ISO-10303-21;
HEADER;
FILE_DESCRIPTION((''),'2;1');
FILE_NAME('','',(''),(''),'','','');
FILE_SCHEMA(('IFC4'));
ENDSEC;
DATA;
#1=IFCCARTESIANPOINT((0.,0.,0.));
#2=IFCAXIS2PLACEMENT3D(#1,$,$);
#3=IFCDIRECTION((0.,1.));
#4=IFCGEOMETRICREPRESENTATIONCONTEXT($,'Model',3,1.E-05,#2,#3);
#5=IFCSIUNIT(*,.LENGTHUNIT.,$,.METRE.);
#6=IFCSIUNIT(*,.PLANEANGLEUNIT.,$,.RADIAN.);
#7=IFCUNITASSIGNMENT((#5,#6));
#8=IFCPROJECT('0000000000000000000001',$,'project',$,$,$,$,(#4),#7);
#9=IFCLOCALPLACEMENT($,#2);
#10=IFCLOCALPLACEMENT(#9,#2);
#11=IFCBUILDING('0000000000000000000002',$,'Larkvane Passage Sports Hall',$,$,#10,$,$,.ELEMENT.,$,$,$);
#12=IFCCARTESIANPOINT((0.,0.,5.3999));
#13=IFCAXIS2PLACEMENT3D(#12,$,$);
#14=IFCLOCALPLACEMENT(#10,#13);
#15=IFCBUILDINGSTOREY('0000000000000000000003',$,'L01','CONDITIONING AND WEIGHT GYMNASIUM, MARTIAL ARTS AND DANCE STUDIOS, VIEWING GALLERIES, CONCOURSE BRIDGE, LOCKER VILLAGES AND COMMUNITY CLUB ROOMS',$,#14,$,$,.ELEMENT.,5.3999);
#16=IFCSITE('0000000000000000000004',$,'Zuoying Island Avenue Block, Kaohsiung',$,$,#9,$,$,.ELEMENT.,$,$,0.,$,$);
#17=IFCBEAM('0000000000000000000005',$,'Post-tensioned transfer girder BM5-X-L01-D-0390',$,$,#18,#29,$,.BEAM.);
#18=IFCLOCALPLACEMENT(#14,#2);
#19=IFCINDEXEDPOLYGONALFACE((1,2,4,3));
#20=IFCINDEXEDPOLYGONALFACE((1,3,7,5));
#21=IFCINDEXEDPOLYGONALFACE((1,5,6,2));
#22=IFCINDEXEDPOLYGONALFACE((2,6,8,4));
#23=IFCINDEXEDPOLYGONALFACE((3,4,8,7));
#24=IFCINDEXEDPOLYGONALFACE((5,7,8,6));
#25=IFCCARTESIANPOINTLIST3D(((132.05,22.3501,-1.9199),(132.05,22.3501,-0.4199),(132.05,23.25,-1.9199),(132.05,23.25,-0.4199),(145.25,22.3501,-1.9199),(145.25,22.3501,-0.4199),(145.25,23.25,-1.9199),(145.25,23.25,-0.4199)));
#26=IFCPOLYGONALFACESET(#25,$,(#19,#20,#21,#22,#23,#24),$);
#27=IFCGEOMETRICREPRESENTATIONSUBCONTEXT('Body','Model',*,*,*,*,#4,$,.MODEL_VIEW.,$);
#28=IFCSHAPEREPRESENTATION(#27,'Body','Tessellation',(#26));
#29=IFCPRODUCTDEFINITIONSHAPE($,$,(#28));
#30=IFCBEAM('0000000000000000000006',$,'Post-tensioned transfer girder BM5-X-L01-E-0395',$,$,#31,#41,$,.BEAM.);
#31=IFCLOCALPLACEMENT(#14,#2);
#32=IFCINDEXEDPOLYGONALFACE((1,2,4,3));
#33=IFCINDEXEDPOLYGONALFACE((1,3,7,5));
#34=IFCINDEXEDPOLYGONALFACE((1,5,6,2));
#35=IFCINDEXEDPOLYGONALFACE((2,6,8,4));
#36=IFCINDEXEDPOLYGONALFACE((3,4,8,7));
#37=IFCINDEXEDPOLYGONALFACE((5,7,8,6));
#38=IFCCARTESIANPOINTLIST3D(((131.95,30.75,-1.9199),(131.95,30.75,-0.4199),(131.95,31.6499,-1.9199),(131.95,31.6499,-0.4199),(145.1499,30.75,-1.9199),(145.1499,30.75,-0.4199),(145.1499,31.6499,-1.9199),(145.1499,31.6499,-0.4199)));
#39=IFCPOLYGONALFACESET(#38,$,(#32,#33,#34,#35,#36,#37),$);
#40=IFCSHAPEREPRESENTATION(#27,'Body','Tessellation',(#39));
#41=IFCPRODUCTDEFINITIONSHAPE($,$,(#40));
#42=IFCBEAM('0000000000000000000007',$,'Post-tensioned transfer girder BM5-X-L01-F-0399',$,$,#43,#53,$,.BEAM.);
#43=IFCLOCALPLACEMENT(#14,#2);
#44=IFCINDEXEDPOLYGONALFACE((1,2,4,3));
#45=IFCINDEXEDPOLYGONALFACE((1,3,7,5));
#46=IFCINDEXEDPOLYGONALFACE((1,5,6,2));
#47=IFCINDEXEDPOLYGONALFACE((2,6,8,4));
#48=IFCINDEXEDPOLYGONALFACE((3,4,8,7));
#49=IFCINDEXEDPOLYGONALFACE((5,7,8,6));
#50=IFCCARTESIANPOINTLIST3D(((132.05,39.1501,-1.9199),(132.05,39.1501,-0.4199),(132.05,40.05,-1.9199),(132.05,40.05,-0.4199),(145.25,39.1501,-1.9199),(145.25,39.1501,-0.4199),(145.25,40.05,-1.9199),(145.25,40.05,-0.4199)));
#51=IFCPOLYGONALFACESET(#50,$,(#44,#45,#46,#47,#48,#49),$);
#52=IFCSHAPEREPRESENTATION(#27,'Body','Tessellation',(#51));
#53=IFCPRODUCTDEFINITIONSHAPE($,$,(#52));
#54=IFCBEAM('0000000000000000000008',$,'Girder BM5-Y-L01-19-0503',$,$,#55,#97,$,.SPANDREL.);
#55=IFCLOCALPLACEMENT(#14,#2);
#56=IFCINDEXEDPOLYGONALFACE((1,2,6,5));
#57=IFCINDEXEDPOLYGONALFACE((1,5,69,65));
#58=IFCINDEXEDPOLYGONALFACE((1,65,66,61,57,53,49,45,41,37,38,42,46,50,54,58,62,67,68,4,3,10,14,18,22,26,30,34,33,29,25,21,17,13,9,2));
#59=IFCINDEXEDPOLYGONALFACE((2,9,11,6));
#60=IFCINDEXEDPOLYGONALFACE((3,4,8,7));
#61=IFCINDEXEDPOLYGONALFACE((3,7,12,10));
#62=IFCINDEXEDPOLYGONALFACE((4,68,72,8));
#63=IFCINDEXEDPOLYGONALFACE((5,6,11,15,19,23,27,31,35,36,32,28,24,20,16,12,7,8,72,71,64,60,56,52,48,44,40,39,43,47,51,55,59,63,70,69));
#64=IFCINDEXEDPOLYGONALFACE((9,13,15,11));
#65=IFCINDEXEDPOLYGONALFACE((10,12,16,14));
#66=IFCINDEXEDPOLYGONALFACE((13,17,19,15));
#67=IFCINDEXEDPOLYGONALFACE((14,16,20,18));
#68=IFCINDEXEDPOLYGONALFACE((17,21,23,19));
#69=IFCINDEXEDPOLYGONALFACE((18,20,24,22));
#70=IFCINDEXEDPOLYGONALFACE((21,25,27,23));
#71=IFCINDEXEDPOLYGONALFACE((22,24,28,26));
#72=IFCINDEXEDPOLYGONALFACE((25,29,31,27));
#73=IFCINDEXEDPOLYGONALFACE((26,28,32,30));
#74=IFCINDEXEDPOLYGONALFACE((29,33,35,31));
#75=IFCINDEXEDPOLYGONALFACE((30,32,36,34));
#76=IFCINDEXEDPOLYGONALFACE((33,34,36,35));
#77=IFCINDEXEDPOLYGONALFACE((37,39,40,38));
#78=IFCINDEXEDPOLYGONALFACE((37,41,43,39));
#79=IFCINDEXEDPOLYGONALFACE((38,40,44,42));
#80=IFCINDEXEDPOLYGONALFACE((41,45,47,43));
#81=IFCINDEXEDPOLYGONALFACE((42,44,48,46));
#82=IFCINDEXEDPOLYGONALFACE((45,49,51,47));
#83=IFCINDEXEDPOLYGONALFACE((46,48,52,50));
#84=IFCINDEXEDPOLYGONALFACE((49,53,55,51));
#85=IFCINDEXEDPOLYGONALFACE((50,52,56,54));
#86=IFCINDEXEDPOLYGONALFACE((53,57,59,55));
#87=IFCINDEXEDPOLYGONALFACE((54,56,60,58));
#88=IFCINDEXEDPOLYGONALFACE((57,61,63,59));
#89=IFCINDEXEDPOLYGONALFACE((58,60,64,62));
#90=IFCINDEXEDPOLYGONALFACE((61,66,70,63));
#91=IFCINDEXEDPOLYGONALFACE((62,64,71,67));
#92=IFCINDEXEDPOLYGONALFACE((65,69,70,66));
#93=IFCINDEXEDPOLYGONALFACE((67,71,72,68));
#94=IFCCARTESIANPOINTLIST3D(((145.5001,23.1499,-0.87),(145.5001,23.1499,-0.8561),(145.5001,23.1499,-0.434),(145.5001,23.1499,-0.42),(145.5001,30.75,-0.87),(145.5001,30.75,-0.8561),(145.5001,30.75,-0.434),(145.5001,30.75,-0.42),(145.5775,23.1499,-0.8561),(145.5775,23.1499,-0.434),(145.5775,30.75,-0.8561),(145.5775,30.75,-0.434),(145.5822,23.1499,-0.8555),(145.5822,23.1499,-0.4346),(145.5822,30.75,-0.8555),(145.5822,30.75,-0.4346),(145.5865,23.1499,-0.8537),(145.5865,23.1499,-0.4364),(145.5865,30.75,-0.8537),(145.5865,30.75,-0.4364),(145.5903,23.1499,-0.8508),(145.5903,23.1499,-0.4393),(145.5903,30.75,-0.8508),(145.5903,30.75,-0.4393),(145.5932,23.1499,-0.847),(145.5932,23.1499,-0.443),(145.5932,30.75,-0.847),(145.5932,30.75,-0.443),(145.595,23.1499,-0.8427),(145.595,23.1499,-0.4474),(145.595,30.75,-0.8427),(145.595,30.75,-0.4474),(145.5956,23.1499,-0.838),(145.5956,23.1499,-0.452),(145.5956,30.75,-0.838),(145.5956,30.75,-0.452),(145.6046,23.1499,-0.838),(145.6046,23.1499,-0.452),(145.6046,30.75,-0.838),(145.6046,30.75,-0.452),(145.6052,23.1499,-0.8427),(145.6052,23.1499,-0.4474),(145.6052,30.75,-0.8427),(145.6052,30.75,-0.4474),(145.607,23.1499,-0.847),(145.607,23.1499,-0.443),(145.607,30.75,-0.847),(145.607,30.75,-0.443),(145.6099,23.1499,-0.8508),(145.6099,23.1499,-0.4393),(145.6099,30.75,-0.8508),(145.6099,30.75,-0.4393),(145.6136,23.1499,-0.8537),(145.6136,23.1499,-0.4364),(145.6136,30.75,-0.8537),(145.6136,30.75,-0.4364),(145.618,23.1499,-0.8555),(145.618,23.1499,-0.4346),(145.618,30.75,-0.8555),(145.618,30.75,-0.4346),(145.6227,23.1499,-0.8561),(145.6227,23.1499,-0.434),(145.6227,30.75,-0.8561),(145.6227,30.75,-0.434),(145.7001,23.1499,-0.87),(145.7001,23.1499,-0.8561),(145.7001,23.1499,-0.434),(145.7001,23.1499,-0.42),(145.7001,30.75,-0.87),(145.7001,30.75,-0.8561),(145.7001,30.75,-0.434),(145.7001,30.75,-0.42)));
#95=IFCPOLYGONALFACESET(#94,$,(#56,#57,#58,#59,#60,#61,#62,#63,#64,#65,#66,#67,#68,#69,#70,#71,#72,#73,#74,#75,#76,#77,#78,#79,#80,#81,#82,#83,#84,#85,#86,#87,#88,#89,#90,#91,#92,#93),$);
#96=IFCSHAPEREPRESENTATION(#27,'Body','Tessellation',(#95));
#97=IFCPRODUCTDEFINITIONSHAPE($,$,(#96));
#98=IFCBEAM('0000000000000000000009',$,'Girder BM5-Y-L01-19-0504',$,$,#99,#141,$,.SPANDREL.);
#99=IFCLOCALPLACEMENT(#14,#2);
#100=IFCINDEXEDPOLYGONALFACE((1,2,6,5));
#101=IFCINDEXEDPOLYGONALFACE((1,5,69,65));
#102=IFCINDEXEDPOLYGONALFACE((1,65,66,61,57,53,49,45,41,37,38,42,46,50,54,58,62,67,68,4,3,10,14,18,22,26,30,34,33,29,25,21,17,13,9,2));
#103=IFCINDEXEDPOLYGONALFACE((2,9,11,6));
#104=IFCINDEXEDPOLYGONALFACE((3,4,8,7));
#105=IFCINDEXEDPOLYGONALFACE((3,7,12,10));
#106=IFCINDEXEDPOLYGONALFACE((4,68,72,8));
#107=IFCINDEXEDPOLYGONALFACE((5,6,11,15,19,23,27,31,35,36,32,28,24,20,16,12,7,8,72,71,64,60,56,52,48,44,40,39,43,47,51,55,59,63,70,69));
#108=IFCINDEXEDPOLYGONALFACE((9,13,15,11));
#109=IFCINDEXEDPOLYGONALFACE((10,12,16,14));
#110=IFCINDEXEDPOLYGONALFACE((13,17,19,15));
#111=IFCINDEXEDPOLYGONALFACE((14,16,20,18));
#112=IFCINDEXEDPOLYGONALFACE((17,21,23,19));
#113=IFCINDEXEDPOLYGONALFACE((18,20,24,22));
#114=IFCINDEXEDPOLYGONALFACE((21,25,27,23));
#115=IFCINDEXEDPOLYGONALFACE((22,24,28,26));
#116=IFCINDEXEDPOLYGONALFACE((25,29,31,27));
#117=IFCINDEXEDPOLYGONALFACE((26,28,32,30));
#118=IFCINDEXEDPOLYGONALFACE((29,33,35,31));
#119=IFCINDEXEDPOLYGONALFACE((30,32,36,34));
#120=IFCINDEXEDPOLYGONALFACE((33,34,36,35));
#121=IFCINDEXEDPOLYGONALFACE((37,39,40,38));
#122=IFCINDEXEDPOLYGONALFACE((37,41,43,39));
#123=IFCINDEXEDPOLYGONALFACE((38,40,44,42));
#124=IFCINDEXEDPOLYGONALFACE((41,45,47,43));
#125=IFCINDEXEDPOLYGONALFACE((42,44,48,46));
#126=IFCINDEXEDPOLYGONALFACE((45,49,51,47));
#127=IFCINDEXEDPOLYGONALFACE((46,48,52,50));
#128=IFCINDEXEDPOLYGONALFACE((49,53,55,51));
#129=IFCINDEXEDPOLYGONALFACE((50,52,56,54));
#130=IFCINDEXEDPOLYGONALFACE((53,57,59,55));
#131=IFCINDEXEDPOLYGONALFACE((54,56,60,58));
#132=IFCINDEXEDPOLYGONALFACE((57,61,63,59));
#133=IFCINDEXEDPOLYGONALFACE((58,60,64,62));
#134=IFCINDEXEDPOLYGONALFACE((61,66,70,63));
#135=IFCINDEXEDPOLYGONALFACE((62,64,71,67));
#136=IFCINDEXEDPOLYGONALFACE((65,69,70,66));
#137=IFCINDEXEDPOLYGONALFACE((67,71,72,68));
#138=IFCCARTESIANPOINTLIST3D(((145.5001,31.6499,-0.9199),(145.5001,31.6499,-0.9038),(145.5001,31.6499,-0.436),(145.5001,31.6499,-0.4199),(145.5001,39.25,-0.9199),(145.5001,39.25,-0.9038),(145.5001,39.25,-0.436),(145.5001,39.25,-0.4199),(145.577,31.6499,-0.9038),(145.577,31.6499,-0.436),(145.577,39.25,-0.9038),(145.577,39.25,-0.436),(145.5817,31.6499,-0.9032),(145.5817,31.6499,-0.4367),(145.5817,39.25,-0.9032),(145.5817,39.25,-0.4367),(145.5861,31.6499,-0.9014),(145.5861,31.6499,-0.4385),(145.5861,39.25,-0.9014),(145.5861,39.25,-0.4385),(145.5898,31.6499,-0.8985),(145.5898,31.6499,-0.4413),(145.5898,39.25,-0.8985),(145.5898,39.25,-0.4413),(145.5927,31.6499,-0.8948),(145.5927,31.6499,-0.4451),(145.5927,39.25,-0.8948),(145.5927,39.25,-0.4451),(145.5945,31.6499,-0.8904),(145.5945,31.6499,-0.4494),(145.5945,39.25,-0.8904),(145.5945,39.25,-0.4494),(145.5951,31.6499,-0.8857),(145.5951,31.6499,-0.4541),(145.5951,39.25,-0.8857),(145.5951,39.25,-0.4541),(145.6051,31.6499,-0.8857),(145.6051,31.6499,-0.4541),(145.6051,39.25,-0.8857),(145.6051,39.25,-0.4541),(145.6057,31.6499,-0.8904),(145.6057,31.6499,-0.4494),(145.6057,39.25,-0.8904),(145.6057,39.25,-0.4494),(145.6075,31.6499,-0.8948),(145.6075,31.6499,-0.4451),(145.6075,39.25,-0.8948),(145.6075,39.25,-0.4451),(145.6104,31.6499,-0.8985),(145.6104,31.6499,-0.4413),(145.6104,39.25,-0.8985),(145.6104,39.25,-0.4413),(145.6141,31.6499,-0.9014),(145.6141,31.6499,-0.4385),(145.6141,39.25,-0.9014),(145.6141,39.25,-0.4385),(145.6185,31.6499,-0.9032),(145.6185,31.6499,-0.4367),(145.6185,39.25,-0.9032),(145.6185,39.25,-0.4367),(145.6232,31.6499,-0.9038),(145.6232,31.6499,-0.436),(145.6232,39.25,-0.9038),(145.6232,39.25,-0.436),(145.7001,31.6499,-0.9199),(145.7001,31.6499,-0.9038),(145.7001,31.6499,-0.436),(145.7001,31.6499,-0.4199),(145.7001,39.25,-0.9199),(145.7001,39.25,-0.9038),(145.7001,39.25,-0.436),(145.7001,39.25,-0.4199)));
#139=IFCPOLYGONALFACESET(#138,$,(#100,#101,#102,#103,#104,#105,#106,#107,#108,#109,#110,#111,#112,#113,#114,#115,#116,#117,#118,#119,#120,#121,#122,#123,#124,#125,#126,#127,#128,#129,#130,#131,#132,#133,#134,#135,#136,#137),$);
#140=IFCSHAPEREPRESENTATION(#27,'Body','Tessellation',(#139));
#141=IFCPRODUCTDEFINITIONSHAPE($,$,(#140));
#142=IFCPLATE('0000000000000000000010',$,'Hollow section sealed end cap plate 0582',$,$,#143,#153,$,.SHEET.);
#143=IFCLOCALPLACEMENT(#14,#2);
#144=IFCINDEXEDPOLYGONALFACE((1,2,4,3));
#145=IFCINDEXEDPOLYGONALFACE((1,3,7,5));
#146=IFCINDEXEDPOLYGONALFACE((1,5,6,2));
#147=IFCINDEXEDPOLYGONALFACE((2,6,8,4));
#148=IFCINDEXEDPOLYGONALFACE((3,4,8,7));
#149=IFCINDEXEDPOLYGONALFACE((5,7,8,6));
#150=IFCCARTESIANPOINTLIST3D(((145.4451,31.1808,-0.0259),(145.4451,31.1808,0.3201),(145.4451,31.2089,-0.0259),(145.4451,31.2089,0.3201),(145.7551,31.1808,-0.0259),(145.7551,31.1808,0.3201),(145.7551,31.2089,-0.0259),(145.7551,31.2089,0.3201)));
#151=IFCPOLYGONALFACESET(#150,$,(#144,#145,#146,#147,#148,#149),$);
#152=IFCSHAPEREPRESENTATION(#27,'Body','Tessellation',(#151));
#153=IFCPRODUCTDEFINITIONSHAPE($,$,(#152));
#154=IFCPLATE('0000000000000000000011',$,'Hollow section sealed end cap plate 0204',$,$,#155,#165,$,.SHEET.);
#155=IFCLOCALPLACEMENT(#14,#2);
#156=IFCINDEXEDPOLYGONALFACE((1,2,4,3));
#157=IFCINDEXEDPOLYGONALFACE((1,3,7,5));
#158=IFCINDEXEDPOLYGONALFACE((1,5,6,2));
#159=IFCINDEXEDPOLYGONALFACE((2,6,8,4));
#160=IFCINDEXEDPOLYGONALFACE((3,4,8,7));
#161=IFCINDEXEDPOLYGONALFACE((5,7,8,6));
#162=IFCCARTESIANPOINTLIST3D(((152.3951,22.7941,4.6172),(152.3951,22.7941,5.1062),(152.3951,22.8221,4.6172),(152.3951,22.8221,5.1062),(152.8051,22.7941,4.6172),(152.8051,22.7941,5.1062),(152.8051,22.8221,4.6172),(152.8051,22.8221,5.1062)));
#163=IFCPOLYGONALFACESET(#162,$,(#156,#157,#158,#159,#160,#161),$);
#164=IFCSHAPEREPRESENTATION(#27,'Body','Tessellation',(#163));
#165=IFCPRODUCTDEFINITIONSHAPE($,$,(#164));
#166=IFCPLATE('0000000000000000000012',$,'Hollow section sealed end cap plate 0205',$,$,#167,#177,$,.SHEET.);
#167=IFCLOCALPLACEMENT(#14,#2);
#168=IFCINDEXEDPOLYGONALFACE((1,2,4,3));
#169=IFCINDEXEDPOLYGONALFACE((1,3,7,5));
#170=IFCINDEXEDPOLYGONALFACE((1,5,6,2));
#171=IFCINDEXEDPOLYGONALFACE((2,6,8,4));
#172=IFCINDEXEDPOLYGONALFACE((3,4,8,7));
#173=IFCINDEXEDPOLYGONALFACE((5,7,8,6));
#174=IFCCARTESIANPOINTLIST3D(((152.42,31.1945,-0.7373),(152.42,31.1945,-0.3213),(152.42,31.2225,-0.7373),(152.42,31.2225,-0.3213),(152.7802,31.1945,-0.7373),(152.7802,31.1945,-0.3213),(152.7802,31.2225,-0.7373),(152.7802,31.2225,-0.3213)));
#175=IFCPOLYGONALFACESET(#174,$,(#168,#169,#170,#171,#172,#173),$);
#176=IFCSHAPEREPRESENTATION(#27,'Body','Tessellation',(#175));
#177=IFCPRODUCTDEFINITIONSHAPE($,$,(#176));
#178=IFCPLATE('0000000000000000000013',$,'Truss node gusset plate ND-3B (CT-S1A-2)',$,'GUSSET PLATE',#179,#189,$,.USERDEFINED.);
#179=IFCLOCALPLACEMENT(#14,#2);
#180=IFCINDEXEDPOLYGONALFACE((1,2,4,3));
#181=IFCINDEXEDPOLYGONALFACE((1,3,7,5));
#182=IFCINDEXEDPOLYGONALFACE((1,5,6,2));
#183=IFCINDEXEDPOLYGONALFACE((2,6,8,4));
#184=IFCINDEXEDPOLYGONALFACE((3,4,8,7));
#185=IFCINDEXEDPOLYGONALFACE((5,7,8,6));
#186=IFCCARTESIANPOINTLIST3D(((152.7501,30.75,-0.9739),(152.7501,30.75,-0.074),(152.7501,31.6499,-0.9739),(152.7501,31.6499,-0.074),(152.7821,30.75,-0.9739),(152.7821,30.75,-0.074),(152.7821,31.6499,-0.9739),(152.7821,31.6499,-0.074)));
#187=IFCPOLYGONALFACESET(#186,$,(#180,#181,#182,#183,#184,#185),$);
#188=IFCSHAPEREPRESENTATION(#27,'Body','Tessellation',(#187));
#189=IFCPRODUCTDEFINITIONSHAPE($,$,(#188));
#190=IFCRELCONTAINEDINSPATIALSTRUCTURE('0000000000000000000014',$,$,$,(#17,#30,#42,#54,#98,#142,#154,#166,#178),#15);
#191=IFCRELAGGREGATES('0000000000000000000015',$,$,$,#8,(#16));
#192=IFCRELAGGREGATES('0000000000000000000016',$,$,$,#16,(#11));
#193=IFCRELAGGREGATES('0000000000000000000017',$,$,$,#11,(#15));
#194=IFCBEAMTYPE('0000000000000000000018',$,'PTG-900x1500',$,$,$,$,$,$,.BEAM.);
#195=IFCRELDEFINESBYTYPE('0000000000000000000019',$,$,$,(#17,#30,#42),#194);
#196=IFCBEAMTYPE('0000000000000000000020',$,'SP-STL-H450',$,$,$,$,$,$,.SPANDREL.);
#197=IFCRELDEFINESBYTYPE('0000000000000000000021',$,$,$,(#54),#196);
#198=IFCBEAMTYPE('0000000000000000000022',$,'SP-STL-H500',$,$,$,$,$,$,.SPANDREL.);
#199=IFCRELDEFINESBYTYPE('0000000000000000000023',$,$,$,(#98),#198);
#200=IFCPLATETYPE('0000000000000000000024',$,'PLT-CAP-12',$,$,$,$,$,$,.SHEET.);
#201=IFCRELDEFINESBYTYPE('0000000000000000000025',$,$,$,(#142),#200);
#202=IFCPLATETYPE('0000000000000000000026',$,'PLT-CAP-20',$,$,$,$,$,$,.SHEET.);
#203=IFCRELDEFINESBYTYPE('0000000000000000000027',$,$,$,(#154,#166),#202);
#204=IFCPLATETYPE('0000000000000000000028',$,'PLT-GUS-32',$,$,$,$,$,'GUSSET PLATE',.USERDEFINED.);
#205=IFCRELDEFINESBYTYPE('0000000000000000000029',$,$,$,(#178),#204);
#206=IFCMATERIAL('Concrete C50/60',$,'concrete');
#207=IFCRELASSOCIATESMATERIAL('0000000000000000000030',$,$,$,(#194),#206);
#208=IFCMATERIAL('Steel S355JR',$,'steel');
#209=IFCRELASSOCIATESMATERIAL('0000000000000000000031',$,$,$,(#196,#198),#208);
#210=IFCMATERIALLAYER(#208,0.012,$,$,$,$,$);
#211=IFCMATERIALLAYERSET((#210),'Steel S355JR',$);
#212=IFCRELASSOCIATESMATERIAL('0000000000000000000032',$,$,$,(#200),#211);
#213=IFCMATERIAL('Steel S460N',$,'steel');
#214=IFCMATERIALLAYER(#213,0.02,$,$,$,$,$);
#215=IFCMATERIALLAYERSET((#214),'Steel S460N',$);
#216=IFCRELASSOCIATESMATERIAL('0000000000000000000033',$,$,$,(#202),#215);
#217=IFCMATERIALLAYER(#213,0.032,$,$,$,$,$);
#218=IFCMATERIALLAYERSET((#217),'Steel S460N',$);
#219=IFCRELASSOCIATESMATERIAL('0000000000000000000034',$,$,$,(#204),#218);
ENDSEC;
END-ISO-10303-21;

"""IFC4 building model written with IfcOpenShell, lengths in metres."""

from ifc_helpers import new_model, si_unit, direction, frame, origin, origin_2d, place, context, subcontext, project, spatial, rectangle, i_section, extrude, material, layer, layer_set, material_profile, profile_set, type_object, element, save


model = new_model("IFC4")

# Units and contexts
model_context = context("Model", 3, precision=1e-05, world=origin(), true_north=direction((0.0, 1.0)))
body_context = subcontext(model_context, "Body", "Model", "MODEL_VIEW")
ifc_project = project(units=[si_unit("LENGTHUNIT", "METRE"), si_unit("PLANEANGLEUNIT", "RADIAN")], contexts=[model_context])

# Site, building, storey
site_placement = place(None, origin())
site = spatial("IfcSite", under=ifc_project, at=site_placement, Name="Zuoying Island Avenue Block, Kaohsiung", CompositionType="ELEMENT", RefElevation=0.0)
building_placement = place(site_placement, origin())
building = spatial("IfcBuilding", under=site, at=building_placement, Name="Larkvane Passage Sports Hall", CompositionType="ELEMENT")
storey_placement = place(building_placement, frame((0.0, 0.0, 5.3999)))
storey = spatial("IfcBuildingStorey", under=building, at=storey_placement, Name="L01", Description="CONDITIONING AND WEIGHT GYMNASIUM, MARTIAL ARTS AND DANCE STUDIOS, VIEWING GALLERIES, CONCOURSE BRIDGE, LOCKER VILLAGES AND COMMUNITY CLUB ROOMS", CompositionType="ELEMENT", Elevation=5.3999)

# Shared definitions
ifc_material_1 = material(Name="Steel S460N", Category="steel")

# Shared definitions
ifc_material_2 = material(Name="Steel S355JR", Category="steel")

# Beams
ifc_material_3 = material(Name="Concrete C50/60", Category="concrete")
ifc_material_profile_1 = material_profile(ifc_material_3, rectangle(XDim=0.8999, YDim=1.5, at=origin_2d()), Name="PT-GIR-900x1500")
ifc_profile_set_1 = profile_set([ifc_material_profile_1], Name="Concrete C50/60")
beam_type_1 = type_object("IfcBeamType", Name="PTG-900x1500", PredefinedType="BEAM", material=ifc_profile_set_1)
for number, where, z_axis, x_axis, name in (
    (1, (132.05, 22.8, -1.1699), (1.0, 0.0, 0.0), (0.0, 1.0, 0.0), "Post-tensioned transfer girder BM5-X-L01-D-0390"),
    (2, (131.95, 31.2, -1.1699), (1.0, 0.0, 0.0), (0.0, 1.0, 0.0), "Post-tensioned transfer girder BM5-X-L01-E-0395"),
    (3, (132.05, 39.6001, -1.1699), (1.0, 0.0, 0.0), (0.0, 1.0, 0.0), "Post-tensioned transfer girder BM5-X-L01-F-0399"),
):
    element("IfcBeam", number, at=place(storey_placement, frame(where, z_axis=z_axis, x_axis=x_axis)), inside=storey, type_object=beam_type_1, Name=name, PredefinedType="BEAM", context=body_context, shape_type="SweptSolid", body=[
        extrude(rectangle(XDim=0.8999, YDim=1.5, at=origin_2d()), origin(), (0.0, 0.0, 1.0), 13.2),
    ])
ifc_material_profile_2 = material_profile(ifc_material_2, i_section(OverallWidth=0.2, OverallDepth=0.45, WebThickness=0.009, FlangeThickness=0.0139, FilletRadius=0.0181, at=origin_2d()), Name="H-450x200x9x14")
ifc_profile_set_2 = profile_set([ifc_material_profile_2], Name="Steel S355JR")
beam_type_2 = type_object("IfcBeamType", Name="SP-STL-H450", PredefinedType="SPANDREL", material=ifc_profile_set_2)
beam_1_placement = place(storey_placement, frame((145.6001, 23.1499, -0.645), z_axis=(0.0, 1.0, 0.0), x_axis=(-1.0, 0.0, 0.0)))
element("IfcBeam", 4, at=beam_1_placement, inside=storey, type_object=beam_type_2, Name="Girder BM5-Y-L01-19-0503", PredefinedType="SPANDREL", context=body_context, shape_type="SweptSolid", body=[
    extrude(i_section(OverallWidth=0.2, OverallDepth=0.45, WebThickness=0.009, FlangeThickness=0.0139, FilletRadius=0.0181, at=origin_2d()), origin(), (0.0, 0.0, 1.0), 7.6001),
])
ifc_material_profile_3 = material_profile(ifc_material_2, i_section(OverallWidth=0.2, OverallDepth=0.5, WebThickness=0.01, FlangeThickness=0.0161, FilletRadius=0.0181, at=origin_2d()), Name="H-500x200x10x16")
ifc_profile_set_3 = profile_set([ifc_material_profile_3], Name="Steel S355JR")
beam_type_3 = type_object("IfcBeamType", Name="SP-STL-H500", PredefinedType="SPANDREL", material=ifc_profile_set_3)
beam_2_placement = place(storey_placement, frame((145.6001, 31.6499, -0.6699), z_axis=(0.0, 1.0, 0.0), x_axis=(-1.0, 0.0, 0.0)))
element("IfcBeam", 5, at=beam_2_placement, inside=storey, type_object=beam_type_3, Name="Girder BM5-Y-L01-19-0504", PredefinedType="SPANDREL", context=body_context, shape_type="SweptSolid", body=[
    extrude(i_section(OverallWidth=0.2, OverallDepth=0.5, WebThickness=0.01, FlangeThickness=0.0161, FilletRadius=0.0181, at=origin_2d()), origin(), (0.0, 0.0, 1.0), 7.6001),
])

# Plates
ifc_layer_1 = layer(ifc_material_2, 0.012)
ifc_layer_set_1 = layer_set([ifc_layer_1], Name="Steel S355JR")
plate_type_1 = type_object("IfcPlateType", Name="PLT-CAP-12", PredefinedType="SHEET", material=ifc_layer_set_1)
plate_1_placement = place(storey_placement, frame((145.6001, 31.1948, -0.0259), z_axis=(0.0, 0.0, 1.0), x_axis=(-1.0, 0.0, 0.0)))
element("IfcPlate", 6, at=plate_1_placement, inside=storey, type_object=plate_type_1, Name="Hollow section sealed end cap plate 0582", PredefinedType="SHEET", context=body_context, shape_type="SweptSolid", body=[
    extrude(rectangle(XDim=0.3101, YDim=0.0281, at=origin_2d()), origin(), (0.0, 0.0, 1.0), 0.3459),
])
ifc_layer_2 = layer(ifc_material_1, 0.02)
ifc_layer_set_2 = layer_set([ifc_layer_2], Name="Steel S460N")
plate_type_2 = type_object("IfcPlateType", Name="PLT-CAP-20", PredefinedType="SHEET", material=ifc_layer_set_2)
plate_2_placement = place(storey_placement, frame((152.6001, 22.8081, 4.6172), z_axis=(0.0, 0.0, 1.0), x_axis=(-1.0, 0.0, 0.0)))
element("IfcPlate", 7, at=plate_2_placement, inside=storey, type_object=plate_type_2, Name="Hollow section sealed end cap plate 0204", PredefinedType="SHEET", context=body_context, shape_type="SweptSolid", body=[
    extrude(rectangle(XDim=0.4099, YDim=0.0281, at=origin_2d()), origin(), (0.0, 0.0, 1.0), 0.489),
])
plate_3_placement = place(storey_placement, frame((152.6001, 31.2085, -0.7373), z_axis=(0.0, 0.0, 1.0), x_axis=(-1.0, 0.0, 0.0)))
element("IfcPlate", 8, at=plate_3_placement, inside=storey, type_object=plate_type_2, Name="Hollow section sealed end cap plate 0205", PredefinedType="SHEET", context=body_context, shape_type="SweptSolid", body=[
    extrude(rectangle(XDim=0.3601, YDim=0.0281, at=origin_2d()), origin(), (0.0, 0.0, 1.0), 0.416),
])
ifc_layer_3 = layer(ifc_material_1, 0.032)
ifc_layer_set_3 = layer_set([ifc_layer_3], Name="Steel S460N")
plate_type_3 = type_object("IfcPlateType", Name="PLT-GUS-32", ElementType="GUSSET PLATE", PredefinedType="USERDEFINED", material=ifc_layer_set_3)
for number, where, z_axis, x_axis, name in (
    (9, (152.7661, 31.2, -0.9739), (0.0, 0.0, 1.0), (0.0, 1.0, 0.0), "Truss node gusset plate ND-3B (CT-S1A-2)"),
):
    element("IfcPlate", number, at=place(storey_placement, frame(where, z_axis=z_axis, x_axis=x_axis)), inside=storey, type_object=plate_type_3, Name=name, ObjectType="GUSSET PLATE", PredefinedType="USERDEFINED", context=body_context, shape_type="SweptSolid", body=[
        extrude(rectangle(XDim=0.8999, YDim=0.032, at=origin_2d()), origin(), (0.0, 0.0, 1.0), 0.8999),
    ])

save(model, "model.ifc")
